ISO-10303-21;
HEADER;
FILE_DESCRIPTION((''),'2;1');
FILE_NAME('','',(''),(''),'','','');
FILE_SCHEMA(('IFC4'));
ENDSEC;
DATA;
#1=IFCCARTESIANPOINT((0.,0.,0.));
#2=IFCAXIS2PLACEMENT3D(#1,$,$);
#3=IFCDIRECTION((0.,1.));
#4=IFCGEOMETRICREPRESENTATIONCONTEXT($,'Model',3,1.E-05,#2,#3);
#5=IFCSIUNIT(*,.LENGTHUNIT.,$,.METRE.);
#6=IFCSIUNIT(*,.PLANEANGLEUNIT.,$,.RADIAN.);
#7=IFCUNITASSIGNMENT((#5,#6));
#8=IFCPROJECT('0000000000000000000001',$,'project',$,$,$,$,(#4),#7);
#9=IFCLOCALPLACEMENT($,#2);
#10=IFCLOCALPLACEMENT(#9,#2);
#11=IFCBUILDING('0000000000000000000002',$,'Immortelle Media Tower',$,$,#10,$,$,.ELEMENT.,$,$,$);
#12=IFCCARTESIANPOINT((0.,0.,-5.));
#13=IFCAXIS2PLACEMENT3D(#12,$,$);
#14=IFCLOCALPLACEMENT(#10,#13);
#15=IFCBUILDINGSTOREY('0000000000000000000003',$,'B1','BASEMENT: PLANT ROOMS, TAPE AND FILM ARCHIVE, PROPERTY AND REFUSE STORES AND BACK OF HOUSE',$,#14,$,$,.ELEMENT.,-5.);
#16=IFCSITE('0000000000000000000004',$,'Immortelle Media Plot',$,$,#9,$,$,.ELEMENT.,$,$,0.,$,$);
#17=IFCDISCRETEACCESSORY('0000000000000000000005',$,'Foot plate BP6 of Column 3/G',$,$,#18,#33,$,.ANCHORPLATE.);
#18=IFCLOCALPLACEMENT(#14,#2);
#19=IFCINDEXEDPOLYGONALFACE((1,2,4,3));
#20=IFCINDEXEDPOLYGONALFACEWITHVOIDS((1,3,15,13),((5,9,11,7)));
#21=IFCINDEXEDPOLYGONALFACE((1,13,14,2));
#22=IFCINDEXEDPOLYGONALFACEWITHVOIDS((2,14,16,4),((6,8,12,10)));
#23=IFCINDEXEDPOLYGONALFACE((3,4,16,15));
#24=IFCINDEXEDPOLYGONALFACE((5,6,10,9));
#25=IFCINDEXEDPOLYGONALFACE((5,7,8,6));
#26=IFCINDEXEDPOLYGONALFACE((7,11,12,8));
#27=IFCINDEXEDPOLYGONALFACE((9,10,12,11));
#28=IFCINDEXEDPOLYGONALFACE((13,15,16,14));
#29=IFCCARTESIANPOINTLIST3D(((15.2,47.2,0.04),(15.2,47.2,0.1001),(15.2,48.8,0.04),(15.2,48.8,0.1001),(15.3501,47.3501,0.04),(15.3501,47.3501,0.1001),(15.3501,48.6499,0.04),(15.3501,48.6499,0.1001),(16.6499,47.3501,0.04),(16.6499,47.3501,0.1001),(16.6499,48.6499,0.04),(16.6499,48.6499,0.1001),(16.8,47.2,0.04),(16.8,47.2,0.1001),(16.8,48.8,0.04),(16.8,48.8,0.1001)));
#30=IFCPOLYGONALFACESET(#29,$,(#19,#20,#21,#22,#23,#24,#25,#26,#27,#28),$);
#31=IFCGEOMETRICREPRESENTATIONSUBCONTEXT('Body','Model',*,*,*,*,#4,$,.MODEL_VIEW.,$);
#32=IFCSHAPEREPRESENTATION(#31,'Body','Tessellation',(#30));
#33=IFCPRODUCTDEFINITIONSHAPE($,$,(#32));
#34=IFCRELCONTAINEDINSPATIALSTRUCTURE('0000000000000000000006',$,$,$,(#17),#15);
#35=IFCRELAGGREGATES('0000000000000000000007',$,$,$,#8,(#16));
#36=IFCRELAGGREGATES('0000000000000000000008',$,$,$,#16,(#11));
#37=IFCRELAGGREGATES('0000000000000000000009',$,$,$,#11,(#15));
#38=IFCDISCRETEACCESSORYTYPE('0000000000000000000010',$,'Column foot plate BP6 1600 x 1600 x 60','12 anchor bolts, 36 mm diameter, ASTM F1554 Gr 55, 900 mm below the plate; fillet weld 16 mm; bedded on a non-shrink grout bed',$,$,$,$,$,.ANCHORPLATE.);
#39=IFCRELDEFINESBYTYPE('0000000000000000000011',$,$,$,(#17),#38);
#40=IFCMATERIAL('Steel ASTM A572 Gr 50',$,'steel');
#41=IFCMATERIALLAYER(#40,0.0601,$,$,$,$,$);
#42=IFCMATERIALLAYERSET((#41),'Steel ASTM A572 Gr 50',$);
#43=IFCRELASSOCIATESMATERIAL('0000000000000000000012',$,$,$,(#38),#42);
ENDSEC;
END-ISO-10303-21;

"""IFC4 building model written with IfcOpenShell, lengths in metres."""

from ifc_helpers import new_model, si_unit, direction, frame, origin, place, context, subcontext, project, spatial, polyline, outline, extrude, material, layer, layer_set, type_object, element, save


model = new_model("IFC4")

# Units and contexts
model_context = context("Model", 3, precision=1e-05, world=origin(), true_north=direction((0.0, 1.0)))
body_context = subcontext(model_context, "Body", "Model", "MODEL_VIEW")
ifc_project = project(units=[si_unit("LENGTHUNIT", "METRE"), si_unit("PLANEANGLEUNIT", "RADIAN")], contexts=[model_context])

# Site, building, storey
site_placement = place(None, origin())
site = spatial("IfcSite", under=ifc_project, at=site_placement, Name="Immortelle Media Plot", CompositionType="ELEMENT", RefElevation=0.0)
building_placement = place(site_placement, origin())
building = spatial("IfcBuilding", under=site, at=building_placement, Name="Immortelle Media Tower", CompositionType="ELEMENT")
storey_placement = place(building_placement, frame((0.0, 0.0, -5.0)))
storey = spatial("IfcBuildingStorey", under=building, at=storey_placement, Name="B1", Description="BASEMENT: PLANT ROOMS, TAPE AND FILM ARCHIVE, PROPERTY AND REFUSE STORES AND BACK OF HOUSE", CompositionType="ELEMENT", Elevation=-5.0)

# Shared definitions
ifc_material_1 = material(Name="Steel ASTM A572 Gr 50", Category="steel")

# Discrete accessory
ifc_layer_1 = layer(ifc_material_1, 0.0601)
ifc_layer_set_1 = layer_set([ifc_layer_1], Name="Steel ASTM A572 Gr 50")
discrete_accessory_type = type_object("IfcDiscreteAccessoryType", Name="Column foot plate BP6 1600 x 1600 x 60", Description="12 anchor bolts, 36 mm diameter, ASTM F1554 Gr 55, 900 mm below the plate; fillet weld 16 mm; bedded on a non-shrink grout bed", PredefinedType="ANCHORPLATE", material=ifc_layer_set_1)
discrete_accessory_1_placement = place(storey_placement, frame((16.0, 48.0, 0.04), z_axis=(0.0, 0.0, 1.0), x_axis=(1.0, 0.0, 0.0)))
element("IfcDiscreteAccessory", 1, at=discrete_accessory_1_placement, inside=storey, type_object=discrete_accessory_type, Name="Foot plate BP6 of Column 3/G", PredefinedType="ANCHORPLATE", context=body_context, shape_type="SweptSolid", body=[
    extrude(outline(polyline([(-0.8, -0.8), (0.8, -0.8), (0.8, 0.8), (-0.8, 0.8), (-0.8, -0.8)]), holes=[polyline([(0.6499, 0.6499), (0.6499, -0.6499), (-0.6499, -0.6499), (-0.6499, 0.6499), (0.6499, 0.6499)])]), origin(), (0.0, 0.0, 1.0), 0.0601),
])

save(model, "model.ifc")
